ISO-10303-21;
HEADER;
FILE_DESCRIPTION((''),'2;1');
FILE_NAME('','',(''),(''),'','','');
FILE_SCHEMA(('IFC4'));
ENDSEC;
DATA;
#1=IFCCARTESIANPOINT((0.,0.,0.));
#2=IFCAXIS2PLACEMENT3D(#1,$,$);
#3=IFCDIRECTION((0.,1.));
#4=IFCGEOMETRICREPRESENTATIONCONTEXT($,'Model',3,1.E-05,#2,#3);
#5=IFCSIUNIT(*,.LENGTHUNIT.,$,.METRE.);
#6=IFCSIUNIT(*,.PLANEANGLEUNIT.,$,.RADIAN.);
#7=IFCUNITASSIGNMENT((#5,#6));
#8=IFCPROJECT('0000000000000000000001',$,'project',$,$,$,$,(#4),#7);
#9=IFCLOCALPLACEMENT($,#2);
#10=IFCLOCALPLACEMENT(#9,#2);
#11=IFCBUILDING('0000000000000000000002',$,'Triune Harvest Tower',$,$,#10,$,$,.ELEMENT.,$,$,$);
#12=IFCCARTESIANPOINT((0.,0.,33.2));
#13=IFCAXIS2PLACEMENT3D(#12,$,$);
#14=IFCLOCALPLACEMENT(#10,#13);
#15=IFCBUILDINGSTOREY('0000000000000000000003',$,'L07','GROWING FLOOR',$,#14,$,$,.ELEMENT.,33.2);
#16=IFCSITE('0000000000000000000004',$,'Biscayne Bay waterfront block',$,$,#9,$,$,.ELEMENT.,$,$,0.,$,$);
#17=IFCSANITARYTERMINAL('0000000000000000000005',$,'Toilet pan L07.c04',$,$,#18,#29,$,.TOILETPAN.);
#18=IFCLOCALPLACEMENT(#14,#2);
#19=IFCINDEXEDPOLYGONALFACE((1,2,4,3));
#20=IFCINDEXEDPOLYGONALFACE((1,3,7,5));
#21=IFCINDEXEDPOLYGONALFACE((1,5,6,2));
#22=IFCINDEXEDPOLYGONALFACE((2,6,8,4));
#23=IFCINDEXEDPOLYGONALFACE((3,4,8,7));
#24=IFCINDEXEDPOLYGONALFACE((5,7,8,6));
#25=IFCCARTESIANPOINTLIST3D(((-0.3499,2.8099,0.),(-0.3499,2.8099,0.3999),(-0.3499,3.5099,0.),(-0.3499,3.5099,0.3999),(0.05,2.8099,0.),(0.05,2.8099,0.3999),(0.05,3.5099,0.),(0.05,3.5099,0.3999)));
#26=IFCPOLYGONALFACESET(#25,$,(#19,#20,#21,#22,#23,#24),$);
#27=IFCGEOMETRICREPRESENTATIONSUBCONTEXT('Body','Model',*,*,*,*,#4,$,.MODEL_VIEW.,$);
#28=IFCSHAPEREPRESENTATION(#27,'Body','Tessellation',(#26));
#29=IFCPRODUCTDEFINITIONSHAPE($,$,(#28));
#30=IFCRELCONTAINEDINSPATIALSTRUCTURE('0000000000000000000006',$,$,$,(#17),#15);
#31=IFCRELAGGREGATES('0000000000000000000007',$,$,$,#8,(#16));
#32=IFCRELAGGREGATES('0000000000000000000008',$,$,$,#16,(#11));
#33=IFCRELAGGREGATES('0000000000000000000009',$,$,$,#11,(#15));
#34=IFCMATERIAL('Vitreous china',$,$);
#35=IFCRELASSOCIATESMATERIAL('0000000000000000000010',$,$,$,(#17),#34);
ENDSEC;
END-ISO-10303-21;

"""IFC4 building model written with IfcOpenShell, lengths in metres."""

from ifc_helpers import new_model, si_unit, direction, frame, origin, origin_2d, place, context, subcontext, project, spatial, rectangle, extrude, source, transform, mapped, material, element, save


model = new_model("IFC4")

# Units and contexts
model_context = context("Model", 3, precision=1e-05, world=origin(), true_north=direction((0.0, 1.0)))
body_context = subcontext(model_context, "Body", "Model", "MODEL_VIEW")
ifc_project = project(units=[si_unit("LENGTHUNIT", "METRE"), si_unit("PLANEANGLEUNIT", "RADIAN")], contexts=[model_context])

# Site, building, storey
site_placement = place(None, origin())
site = spatial("IfcSite", under=ifc_project, at=site_placement, Name="Biscayne Bay waterfront block", CompositionType="ELEMENT", RefElevation=0.0)
building_placement = place(site_placement, origin())
building = spatial("IfcBuilding", under=site, at=building_placement, Name="Triune Harvest Tower", CompositionType="ELEMENT")
storey_placement = place(building_placement, frame((0.0, 0.0, 33.2)))
storey = spatial("IfcBuildingStorey", under=building, at=storey_placement, Name="L07", Description="GROWING FLOOR", CompositionType="ELEMENT", Elevation=33.2)

# Sanitary terminal
ifc_material_1 = material(Name="Vitreous china")
shared_shape_1 = source(origin(), body_context, "Body", "SweptSolid", [
    extrude(rectangle(XDim=0.3999, YDim=0.7, at=origin_2d()), origin(), (0.0, 0.0, 1.0), 0.3999),
])
sanitary_terminal_placement = place(storey_placement, frame((-0.1499, 3.1599, 0.0), z_axis=(0.0, 0.0, 1.0), x_axis=(-1.0, 0.0, 0.0)))
element("IfcSanitaryTerminal", 1, at=sanitary_terminal_placement, inside=storey, material=ifc_material_1, Name="Toilet pan L07.c04", PredefinedType="TOILETPAN", context=body_context, shape_type="MappedRepresentation", body=[
    mapped(shared_shape_1, transform((0.0, 0.0, 0.0), scale=1.0)),
])

save(model, "model.ifc")
